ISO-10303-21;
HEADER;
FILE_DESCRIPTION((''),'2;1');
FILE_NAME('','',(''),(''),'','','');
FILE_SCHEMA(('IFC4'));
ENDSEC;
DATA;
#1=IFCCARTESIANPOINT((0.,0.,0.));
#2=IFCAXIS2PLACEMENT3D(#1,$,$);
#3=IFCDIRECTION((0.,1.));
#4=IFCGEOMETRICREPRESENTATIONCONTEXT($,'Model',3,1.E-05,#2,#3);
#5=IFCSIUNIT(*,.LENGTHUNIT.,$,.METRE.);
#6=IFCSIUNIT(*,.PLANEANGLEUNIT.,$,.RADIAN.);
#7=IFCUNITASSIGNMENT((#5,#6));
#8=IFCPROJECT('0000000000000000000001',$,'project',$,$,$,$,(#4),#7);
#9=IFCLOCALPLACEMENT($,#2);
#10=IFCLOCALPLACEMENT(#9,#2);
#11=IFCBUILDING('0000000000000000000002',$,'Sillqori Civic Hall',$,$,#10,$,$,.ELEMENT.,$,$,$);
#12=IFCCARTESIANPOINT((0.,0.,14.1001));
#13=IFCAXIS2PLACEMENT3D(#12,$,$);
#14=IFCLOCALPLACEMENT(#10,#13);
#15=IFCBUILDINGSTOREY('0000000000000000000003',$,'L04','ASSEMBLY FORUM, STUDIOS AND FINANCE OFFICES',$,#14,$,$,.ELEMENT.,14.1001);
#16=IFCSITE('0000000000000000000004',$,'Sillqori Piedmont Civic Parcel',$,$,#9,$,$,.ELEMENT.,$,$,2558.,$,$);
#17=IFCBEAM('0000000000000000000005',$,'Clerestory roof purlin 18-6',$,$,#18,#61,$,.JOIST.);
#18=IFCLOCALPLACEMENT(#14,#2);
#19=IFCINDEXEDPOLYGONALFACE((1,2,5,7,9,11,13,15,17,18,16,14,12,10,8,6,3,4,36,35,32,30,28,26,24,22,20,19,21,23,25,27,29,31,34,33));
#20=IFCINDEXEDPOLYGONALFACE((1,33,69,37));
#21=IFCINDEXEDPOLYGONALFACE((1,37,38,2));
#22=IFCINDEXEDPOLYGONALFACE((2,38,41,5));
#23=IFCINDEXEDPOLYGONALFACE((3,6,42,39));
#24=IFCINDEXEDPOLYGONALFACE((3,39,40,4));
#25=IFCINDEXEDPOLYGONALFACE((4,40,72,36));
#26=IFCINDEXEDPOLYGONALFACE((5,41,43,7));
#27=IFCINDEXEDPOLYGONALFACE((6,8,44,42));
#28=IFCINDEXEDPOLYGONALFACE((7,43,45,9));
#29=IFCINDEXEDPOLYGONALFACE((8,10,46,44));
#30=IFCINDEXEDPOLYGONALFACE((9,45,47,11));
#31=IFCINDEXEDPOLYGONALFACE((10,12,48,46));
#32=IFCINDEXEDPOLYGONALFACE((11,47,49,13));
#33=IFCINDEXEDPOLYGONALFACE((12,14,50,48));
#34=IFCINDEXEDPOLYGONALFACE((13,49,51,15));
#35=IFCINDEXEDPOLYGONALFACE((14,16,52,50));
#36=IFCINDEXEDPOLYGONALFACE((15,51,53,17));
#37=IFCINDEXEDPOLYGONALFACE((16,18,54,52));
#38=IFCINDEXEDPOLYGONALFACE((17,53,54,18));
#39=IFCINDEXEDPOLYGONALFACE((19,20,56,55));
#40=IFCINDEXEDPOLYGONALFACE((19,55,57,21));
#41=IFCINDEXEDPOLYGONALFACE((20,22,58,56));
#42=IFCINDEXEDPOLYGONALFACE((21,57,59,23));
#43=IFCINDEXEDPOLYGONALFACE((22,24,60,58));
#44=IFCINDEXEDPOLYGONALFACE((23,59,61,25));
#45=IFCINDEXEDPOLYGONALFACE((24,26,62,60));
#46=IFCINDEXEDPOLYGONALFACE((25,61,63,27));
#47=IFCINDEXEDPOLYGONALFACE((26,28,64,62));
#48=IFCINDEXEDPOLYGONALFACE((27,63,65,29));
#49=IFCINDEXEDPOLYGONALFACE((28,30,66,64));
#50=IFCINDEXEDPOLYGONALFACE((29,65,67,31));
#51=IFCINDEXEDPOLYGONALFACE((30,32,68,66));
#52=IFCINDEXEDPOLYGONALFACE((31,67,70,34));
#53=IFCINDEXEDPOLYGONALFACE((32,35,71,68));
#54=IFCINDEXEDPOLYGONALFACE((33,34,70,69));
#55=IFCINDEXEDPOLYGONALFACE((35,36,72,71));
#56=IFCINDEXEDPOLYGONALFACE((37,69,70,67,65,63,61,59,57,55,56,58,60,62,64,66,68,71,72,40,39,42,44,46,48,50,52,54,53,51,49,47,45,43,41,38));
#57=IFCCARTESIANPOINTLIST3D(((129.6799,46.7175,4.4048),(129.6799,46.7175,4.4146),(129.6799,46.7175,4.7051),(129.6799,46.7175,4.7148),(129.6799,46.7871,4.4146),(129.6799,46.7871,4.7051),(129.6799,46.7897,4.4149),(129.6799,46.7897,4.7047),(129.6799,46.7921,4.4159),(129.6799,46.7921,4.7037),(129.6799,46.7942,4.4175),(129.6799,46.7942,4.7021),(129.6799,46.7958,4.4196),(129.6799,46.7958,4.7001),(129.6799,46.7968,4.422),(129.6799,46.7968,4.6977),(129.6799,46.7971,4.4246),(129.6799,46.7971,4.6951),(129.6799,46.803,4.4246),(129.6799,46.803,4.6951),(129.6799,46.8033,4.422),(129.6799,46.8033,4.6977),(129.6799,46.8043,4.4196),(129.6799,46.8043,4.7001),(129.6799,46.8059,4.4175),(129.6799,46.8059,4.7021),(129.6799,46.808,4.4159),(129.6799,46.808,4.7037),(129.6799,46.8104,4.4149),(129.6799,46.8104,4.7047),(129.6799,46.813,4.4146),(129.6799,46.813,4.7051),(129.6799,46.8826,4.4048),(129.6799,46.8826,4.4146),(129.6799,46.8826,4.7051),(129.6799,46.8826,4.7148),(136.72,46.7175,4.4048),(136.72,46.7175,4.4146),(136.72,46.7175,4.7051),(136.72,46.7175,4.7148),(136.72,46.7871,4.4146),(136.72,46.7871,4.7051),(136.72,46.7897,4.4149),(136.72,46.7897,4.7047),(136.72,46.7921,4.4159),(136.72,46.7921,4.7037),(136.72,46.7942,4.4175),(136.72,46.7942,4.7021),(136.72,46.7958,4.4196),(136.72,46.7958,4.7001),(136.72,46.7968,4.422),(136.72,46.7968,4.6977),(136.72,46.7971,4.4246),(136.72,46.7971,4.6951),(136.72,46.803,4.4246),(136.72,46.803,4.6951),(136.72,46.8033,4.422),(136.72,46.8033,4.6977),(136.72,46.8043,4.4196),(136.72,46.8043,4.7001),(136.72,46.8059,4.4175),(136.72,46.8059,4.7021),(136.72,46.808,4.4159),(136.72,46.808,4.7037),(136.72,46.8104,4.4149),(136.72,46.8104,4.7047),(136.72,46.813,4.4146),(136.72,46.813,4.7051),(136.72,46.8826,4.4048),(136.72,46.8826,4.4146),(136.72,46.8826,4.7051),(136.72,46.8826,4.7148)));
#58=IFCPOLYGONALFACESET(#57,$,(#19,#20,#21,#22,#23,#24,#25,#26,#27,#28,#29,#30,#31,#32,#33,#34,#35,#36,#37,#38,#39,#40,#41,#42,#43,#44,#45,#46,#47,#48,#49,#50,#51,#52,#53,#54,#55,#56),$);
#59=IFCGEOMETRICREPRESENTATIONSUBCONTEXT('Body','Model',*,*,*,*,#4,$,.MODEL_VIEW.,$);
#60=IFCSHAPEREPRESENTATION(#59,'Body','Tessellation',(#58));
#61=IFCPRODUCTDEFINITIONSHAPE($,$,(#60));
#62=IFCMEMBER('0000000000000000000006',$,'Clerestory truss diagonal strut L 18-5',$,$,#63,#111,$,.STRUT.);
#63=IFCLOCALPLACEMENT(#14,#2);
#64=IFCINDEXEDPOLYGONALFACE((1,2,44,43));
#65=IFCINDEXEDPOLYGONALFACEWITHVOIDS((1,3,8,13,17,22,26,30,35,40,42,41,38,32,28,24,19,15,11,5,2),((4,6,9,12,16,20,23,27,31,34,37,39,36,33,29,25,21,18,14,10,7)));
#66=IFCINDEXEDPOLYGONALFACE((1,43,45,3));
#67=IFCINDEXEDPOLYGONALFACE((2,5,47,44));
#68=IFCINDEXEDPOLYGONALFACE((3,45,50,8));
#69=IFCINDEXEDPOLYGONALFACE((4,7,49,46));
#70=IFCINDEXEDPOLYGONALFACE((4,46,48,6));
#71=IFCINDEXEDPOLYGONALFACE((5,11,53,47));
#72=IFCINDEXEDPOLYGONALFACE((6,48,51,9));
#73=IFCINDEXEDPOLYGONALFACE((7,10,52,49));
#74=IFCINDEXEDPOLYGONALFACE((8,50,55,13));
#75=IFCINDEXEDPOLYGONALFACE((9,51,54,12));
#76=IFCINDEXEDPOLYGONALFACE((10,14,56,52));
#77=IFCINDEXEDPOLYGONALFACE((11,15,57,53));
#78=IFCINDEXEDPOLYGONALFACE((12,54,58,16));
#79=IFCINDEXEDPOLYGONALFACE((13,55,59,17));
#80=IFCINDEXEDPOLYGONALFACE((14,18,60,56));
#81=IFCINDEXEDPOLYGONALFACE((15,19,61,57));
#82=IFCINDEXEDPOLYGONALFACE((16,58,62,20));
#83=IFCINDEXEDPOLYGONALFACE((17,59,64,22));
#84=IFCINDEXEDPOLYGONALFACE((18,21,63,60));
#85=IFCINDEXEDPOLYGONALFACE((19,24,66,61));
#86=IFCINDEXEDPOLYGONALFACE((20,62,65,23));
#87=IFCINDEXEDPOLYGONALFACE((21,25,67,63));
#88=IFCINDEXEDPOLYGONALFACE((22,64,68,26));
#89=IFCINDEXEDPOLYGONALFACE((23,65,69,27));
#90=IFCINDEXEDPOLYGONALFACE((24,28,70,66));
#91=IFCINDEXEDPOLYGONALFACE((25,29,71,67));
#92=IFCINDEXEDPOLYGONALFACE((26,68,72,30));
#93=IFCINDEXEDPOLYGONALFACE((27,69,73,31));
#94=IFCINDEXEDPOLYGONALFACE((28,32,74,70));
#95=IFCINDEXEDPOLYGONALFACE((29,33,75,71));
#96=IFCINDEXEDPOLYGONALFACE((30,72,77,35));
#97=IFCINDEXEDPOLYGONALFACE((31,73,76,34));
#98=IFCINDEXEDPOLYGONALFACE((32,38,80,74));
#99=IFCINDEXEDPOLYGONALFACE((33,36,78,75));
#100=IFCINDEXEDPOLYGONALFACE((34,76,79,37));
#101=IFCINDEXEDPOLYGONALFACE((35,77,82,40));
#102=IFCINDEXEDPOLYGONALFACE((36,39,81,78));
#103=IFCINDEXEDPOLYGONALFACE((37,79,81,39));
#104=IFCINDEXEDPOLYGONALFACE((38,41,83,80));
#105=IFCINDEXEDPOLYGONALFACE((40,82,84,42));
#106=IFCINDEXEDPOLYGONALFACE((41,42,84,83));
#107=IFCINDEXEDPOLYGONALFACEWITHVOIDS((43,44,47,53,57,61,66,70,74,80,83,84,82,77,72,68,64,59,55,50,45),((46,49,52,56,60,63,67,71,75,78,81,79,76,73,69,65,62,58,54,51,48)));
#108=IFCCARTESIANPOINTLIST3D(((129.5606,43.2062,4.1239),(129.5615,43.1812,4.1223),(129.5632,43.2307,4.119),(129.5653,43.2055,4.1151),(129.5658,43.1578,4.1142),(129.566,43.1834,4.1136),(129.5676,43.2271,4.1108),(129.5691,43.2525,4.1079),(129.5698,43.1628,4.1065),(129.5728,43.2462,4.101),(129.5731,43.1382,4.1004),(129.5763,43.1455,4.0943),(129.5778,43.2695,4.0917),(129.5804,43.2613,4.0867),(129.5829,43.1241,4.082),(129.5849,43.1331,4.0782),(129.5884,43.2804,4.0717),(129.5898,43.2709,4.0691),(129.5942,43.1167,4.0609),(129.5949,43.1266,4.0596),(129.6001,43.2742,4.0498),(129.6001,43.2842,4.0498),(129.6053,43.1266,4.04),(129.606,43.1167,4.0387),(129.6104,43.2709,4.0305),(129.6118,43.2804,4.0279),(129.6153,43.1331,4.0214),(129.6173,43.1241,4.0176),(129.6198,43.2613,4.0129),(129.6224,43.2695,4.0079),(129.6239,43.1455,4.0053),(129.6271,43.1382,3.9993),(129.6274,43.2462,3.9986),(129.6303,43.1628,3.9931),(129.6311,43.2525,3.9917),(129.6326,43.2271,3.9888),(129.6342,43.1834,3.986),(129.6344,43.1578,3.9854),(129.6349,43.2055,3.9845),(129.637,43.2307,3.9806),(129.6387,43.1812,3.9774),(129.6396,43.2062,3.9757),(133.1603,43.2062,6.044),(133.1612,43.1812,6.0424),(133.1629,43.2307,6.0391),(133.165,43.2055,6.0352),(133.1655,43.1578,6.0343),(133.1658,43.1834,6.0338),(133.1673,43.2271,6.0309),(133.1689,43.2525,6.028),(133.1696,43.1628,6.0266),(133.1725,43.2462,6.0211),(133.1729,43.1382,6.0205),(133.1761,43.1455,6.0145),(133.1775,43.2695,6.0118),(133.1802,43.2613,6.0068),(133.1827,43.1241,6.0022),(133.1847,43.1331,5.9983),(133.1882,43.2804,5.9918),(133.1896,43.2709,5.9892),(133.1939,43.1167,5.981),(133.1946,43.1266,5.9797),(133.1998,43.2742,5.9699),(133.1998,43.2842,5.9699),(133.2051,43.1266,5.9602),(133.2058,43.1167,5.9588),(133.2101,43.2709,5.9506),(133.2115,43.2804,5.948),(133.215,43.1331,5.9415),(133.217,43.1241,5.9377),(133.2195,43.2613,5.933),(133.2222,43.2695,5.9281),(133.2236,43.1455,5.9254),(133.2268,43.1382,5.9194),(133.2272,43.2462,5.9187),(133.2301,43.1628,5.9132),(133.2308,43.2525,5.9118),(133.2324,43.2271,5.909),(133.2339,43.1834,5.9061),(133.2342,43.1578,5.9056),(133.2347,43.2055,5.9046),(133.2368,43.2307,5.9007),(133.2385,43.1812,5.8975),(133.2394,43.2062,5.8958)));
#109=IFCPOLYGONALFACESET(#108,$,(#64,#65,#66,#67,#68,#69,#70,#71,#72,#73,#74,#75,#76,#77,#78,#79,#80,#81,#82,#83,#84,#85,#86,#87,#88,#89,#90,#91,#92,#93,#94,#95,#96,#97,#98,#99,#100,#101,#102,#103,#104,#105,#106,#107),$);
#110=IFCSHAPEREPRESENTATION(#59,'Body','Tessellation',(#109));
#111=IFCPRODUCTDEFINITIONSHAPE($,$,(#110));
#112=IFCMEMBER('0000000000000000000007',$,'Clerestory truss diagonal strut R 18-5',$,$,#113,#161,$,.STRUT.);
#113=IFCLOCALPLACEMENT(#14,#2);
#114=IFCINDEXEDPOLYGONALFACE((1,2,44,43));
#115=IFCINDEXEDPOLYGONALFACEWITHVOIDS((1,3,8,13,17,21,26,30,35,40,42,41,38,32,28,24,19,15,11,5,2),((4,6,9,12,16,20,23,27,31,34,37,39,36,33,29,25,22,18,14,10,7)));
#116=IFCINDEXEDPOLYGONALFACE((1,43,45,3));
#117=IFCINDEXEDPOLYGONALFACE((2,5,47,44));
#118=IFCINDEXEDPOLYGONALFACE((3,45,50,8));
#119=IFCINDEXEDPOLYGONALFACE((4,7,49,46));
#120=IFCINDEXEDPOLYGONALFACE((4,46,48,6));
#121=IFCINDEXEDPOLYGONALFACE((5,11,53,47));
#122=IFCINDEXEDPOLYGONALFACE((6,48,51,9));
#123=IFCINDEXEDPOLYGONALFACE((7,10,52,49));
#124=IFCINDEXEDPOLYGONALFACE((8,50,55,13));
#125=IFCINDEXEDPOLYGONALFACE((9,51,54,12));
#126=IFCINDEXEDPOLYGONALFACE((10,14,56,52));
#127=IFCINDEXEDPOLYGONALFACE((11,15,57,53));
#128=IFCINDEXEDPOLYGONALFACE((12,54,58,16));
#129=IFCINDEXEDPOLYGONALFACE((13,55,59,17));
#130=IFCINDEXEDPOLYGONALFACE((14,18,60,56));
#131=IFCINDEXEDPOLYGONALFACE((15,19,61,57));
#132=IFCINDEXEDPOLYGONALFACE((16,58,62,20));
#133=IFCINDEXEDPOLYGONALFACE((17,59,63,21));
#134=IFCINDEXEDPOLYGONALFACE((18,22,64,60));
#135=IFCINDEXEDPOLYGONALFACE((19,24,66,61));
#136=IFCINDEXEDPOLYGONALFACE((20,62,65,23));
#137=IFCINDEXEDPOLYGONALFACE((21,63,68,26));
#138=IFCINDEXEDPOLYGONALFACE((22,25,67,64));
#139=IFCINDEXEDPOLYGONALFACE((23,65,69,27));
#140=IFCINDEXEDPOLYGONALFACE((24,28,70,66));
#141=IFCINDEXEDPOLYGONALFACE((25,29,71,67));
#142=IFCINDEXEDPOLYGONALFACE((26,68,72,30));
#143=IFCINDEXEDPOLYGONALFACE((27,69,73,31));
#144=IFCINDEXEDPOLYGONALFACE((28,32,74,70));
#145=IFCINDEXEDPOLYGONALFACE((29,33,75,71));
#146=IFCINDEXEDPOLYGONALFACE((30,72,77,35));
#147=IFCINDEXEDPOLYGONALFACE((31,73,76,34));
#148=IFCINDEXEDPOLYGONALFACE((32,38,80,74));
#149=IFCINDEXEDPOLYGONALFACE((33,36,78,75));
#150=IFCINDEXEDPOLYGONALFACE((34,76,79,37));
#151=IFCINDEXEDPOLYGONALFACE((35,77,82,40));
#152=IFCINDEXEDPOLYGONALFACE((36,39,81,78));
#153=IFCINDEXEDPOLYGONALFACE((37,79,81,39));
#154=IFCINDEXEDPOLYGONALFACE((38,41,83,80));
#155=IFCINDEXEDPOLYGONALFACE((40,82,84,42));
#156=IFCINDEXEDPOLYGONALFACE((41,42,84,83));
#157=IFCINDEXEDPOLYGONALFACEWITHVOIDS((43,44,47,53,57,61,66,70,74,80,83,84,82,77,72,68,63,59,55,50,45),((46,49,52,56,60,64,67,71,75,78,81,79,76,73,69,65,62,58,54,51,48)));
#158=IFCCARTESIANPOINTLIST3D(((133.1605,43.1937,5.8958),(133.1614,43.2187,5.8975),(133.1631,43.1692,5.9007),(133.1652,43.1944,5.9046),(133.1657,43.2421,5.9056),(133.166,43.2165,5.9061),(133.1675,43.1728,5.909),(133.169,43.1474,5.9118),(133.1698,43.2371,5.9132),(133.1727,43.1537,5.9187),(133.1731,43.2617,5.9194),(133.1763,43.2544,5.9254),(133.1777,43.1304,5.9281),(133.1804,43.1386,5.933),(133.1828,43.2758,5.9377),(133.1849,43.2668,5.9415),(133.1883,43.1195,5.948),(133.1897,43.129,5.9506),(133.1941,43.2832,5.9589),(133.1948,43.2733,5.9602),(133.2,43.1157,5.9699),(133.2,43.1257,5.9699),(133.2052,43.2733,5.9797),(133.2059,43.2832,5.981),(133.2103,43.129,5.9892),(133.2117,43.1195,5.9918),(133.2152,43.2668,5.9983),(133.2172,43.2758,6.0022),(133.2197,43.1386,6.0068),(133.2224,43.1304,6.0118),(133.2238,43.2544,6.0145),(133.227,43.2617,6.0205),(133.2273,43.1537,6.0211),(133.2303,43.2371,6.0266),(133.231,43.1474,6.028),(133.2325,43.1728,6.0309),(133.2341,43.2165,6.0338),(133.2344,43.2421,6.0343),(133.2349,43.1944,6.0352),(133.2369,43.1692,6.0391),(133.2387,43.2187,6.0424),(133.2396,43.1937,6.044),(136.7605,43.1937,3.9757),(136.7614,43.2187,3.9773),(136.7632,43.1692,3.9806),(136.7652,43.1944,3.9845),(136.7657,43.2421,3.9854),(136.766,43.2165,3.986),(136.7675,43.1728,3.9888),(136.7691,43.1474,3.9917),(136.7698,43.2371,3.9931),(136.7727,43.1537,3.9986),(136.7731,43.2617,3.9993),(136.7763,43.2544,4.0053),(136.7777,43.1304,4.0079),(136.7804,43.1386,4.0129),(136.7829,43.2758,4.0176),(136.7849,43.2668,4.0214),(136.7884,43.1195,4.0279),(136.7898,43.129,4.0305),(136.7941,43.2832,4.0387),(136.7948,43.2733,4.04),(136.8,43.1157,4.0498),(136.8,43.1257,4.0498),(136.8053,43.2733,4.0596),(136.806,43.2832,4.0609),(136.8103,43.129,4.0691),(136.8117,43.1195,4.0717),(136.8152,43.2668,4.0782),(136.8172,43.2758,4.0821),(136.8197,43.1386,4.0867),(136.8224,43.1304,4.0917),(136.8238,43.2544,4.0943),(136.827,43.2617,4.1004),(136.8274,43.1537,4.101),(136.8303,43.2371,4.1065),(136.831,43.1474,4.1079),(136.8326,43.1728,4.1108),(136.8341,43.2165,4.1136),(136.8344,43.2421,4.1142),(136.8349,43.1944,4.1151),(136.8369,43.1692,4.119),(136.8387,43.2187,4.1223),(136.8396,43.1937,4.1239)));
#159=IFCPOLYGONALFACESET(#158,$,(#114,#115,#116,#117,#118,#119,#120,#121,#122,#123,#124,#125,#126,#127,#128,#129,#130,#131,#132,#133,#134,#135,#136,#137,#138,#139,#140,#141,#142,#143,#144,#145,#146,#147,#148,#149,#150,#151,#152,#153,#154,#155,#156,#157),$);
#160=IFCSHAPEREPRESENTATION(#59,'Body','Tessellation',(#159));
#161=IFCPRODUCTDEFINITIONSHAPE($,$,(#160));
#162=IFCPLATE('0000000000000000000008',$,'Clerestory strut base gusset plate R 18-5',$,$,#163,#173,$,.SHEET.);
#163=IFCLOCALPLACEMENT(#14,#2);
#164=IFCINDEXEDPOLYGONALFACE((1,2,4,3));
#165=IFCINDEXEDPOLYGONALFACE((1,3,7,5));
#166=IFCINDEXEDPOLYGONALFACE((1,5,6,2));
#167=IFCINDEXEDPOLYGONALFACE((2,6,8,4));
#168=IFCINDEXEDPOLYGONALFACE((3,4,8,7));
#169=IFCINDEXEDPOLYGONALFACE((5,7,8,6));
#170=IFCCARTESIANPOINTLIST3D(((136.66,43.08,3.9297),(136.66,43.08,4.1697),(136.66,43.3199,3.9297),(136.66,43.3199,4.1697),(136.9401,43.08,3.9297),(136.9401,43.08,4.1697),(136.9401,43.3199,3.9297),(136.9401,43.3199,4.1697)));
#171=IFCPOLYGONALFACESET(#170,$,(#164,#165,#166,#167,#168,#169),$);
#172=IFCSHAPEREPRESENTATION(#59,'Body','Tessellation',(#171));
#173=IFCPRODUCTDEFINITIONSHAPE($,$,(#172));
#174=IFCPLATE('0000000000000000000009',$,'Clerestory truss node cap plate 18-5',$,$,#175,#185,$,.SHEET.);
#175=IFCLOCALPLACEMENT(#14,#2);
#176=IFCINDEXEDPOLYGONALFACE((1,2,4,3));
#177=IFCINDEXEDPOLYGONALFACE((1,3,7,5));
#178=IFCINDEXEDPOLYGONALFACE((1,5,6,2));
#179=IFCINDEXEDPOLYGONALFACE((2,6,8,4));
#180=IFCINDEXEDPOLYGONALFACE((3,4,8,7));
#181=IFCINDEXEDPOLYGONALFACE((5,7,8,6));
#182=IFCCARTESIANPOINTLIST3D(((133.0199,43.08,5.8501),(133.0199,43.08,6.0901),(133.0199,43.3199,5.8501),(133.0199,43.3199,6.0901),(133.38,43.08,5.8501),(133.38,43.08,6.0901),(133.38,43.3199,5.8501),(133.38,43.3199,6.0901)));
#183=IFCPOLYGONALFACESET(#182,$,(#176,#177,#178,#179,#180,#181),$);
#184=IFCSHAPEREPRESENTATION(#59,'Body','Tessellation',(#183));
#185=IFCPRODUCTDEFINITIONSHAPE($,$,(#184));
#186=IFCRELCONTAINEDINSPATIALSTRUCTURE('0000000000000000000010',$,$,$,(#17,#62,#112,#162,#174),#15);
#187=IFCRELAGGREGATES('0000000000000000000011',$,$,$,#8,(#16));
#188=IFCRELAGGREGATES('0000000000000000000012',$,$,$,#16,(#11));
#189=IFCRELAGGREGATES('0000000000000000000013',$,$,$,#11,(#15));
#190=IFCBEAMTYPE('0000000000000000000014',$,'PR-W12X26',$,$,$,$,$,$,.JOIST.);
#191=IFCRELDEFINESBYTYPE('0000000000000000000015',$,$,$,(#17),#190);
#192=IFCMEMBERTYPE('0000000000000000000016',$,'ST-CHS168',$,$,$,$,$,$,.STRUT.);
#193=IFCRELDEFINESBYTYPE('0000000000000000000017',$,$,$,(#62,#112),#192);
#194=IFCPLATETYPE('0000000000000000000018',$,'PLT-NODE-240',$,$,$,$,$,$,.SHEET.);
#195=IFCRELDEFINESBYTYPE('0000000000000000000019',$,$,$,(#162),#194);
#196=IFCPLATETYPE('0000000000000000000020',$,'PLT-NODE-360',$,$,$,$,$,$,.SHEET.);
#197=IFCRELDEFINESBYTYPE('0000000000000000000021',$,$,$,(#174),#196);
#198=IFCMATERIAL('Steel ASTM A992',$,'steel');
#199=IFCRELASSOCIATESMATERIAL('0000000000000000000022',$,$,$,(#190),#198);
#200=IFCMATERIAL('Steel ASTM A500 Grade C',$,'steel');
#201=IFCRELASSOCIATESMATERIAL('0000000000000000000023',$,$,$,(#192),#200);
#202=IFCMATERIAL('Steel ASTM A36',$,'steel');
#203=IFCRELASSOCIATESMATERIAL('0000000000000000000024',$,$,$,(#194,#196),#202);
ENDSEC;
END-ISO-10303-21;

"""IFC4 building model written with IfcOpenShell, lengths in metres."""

from ifc_helpers import new_model, si_unit, direction, frame, origin, origin_2d, place, context, subcontext, project, spatial, rectangle, hollow_circle, i_section, extrude, material, material_profile, profile_set, type_object, element, save


model = new_model("IFC4")

# Units and contexts
model_context = context("Model", 3, precision=1e-05, world=origin(), true_north=direction((0.0, 1.0)))
body_context = subcontext(model_context, "Body", "Model", "MODEL_VIEW")
ifc_project = project(units=[si_unit("LENGTHUNIT", "METRE"), si_unit("PLANEANGLEUNIT", "RADIAN")], contexts=[model_context])

# Site, building, storey
site_placement = place(None, origin())
site = spatial("IfcSite", under=ifc_project, at=site_placement, Name="Sillqori Piedmont Civic Parcel", CompositionType="ELEMENT", RefElevation=2558.0)
building_placement = place(site_placement, origin())
building = spatial("IfcBuilding", under=site, at=building_placement, Name="Sillqori Civic Hall", CompositionType="ELEMENT")
storey_placement = place(building_placement, frame((0.0, 0.0, 14.1001)))
storey = spatial("IfcBuildingStorey", under=building, at=storey_placement, Name="L04", Description="ASSEMBLY FORUM, STUDIOS AND FINANCE OFFICES", CompositionType="ELEMENT", Elevation=14.1001)

# Shared definitions
ifc_material_1 = material(Name="Steel ASTM A992", Category="steel")

# Shared definitions
ifc_material_2 = material(Name="Steel ASTM A500 Grade C", Category="steel")

# Beam
ifc_material_profile_1 = material_profile(ifc_material_1, i_section(OverallWidth=0.165, OverallDepth=0.3101, WebThickness=0.0059, FlangeThickness=0.0098, FilletRadius=0.01, at=origin_2d()), Name="W12X26")
ifc_profile_set_1 = profile_set([ifc_material_profile_1], Name="Steel ASTM A992")
beam_type_1 = type_object("IfcBeamType", Name="PR-W12X26", PredefinedType="JOIST", material=ifc_profile_set_1)
beam_placement = place(storey_placement, frame((129.6799, 46.8, 4.5598), z_axis=(1.0, 0.0, 0.0), x_axis=(0.0, 1.0, 0.0)))
element("IfcBeam", 1, at=beam_placement, inside=storey, type_object=beam_type_1, Name="Clerestory roof purlin 18-6", PredefinedType="JOIST", context=body_context, shape_type="SweptSolid", body=[
    extrude(i_section(OverallWidth=0.165, OverallDepth=0.3101, WebThickness=0.0059, FlangeThickness=0.0098, FilletRadius=0.01, at=origin_2d()), origin(), (0.0, 0.0, 1.0), 7.04),
])

# Members
ifc_material_profile_2 = material_profile(ifc_material_2, hollow_circle(Radius=0.0842, WallThickness=0.01, at=origin_2d()), Name="CHS168X10")
ifc_profile_set_2 = profile_set([ifc_material_profile_2], Name="Steel ASTM A500 Grade C")
member_type_1 = type_object("IfcMemberType", Name="ST-CHS168", PredefinedType="STRUT", material=ifc_profile_set_2)
member_1_placement = place(storey_placement, frame((129.6001, 43.2, 4.0498), z_axis=(0.882328, 0.0, 0.470635), x_axis=(0.0, 1.0, 0.0)))
element("IfcMember", 2, at=member_1_placement, inside=storey, type_object=member_type_1, Name="Clerestory truss diagonal strut L 18-5", PredefinedType="STRUT", context=body_context, shape_type="SweptSolid", body=[
    extrude(hollow_circle(Radius=0.0842, WallThickness=0.01, at=origin_2d()), origin(), (0.0, 0.0, 1.0), 4.0798),
])
member_2_placement = place(storey_placement, frame((136.8, 43.2, 4.0498), z_axis=(-0.882341, 0.0, 0.47061), x_axis=(0.0, -1.0, 0.0)))
element("IfcMember", 3, at=member_2_placement, inside=storey, type_object=member_type_1, Name="Clerestory truss diagonal strut R 18-5", PredefinedType="STRUT", context=body_context, shape_type="SweptSolid", body=[
    extrude(hollow_circle(Radius=0.0842, WallThickness=0.01, at=origin_2d()), origin(), (0.0, 0.0, 1.0), 4.0801),
])

# Plates
ifc_material_3 = material(Name="Steel ASTM A36", Category="steel")
plate_type_1 = type_object("IfcPlateType", Name="PLT-NODE-240", PredefinedType="SHEET", material=ifc_material_3)
plate_1_placement = place(storey_placement, frame((136.8, 43.2, 3.9297), z_axis=(0.0, 0.0, 1.0), x_axis=(1.0, 0.0, 0.0)))
element("IfcPlate", 4, at=plate_1_placement, inside=storey, type_object=plate_type_1, Name="Clerestory strut base gusset plate R 18-5", PredefinedType="SHEET", context=body_context, shape_type="SweptSolid", body=[
    extrude(rectangle(XDim=0.28, YDim=0.24, at=origin_2d()), origin(), (0.0, 0.0, 1.0), 0.24),
])
plate_type_2 = type_object("IfcPlateType", Name="PLT-NODE-360", PredefinedType="SHEET", material=ifc_material_3)
plate_2_placement = place(storey_placement, frame((133.2, 43.2, 5.8501), z_axis=(0.0, 0.0, 1.0), x_axis=(1.0, 0.0, 0.0)))
element("IfcPlate", 5, at=plate_2_placement, inside=storey, type_object=plate_type_2, Name="Clerestory truss node cap plate 18-5", PredefinedType="SHEET", context=body_context, shape_type="SweptSolid", body=[
    extrude(rectangle(XDim=0.3601, YDim=0.24, at=origin_2d()), origin(), (0.0, 0.0, 1.0), 0.24),
])

save(model, "model.ifc")
